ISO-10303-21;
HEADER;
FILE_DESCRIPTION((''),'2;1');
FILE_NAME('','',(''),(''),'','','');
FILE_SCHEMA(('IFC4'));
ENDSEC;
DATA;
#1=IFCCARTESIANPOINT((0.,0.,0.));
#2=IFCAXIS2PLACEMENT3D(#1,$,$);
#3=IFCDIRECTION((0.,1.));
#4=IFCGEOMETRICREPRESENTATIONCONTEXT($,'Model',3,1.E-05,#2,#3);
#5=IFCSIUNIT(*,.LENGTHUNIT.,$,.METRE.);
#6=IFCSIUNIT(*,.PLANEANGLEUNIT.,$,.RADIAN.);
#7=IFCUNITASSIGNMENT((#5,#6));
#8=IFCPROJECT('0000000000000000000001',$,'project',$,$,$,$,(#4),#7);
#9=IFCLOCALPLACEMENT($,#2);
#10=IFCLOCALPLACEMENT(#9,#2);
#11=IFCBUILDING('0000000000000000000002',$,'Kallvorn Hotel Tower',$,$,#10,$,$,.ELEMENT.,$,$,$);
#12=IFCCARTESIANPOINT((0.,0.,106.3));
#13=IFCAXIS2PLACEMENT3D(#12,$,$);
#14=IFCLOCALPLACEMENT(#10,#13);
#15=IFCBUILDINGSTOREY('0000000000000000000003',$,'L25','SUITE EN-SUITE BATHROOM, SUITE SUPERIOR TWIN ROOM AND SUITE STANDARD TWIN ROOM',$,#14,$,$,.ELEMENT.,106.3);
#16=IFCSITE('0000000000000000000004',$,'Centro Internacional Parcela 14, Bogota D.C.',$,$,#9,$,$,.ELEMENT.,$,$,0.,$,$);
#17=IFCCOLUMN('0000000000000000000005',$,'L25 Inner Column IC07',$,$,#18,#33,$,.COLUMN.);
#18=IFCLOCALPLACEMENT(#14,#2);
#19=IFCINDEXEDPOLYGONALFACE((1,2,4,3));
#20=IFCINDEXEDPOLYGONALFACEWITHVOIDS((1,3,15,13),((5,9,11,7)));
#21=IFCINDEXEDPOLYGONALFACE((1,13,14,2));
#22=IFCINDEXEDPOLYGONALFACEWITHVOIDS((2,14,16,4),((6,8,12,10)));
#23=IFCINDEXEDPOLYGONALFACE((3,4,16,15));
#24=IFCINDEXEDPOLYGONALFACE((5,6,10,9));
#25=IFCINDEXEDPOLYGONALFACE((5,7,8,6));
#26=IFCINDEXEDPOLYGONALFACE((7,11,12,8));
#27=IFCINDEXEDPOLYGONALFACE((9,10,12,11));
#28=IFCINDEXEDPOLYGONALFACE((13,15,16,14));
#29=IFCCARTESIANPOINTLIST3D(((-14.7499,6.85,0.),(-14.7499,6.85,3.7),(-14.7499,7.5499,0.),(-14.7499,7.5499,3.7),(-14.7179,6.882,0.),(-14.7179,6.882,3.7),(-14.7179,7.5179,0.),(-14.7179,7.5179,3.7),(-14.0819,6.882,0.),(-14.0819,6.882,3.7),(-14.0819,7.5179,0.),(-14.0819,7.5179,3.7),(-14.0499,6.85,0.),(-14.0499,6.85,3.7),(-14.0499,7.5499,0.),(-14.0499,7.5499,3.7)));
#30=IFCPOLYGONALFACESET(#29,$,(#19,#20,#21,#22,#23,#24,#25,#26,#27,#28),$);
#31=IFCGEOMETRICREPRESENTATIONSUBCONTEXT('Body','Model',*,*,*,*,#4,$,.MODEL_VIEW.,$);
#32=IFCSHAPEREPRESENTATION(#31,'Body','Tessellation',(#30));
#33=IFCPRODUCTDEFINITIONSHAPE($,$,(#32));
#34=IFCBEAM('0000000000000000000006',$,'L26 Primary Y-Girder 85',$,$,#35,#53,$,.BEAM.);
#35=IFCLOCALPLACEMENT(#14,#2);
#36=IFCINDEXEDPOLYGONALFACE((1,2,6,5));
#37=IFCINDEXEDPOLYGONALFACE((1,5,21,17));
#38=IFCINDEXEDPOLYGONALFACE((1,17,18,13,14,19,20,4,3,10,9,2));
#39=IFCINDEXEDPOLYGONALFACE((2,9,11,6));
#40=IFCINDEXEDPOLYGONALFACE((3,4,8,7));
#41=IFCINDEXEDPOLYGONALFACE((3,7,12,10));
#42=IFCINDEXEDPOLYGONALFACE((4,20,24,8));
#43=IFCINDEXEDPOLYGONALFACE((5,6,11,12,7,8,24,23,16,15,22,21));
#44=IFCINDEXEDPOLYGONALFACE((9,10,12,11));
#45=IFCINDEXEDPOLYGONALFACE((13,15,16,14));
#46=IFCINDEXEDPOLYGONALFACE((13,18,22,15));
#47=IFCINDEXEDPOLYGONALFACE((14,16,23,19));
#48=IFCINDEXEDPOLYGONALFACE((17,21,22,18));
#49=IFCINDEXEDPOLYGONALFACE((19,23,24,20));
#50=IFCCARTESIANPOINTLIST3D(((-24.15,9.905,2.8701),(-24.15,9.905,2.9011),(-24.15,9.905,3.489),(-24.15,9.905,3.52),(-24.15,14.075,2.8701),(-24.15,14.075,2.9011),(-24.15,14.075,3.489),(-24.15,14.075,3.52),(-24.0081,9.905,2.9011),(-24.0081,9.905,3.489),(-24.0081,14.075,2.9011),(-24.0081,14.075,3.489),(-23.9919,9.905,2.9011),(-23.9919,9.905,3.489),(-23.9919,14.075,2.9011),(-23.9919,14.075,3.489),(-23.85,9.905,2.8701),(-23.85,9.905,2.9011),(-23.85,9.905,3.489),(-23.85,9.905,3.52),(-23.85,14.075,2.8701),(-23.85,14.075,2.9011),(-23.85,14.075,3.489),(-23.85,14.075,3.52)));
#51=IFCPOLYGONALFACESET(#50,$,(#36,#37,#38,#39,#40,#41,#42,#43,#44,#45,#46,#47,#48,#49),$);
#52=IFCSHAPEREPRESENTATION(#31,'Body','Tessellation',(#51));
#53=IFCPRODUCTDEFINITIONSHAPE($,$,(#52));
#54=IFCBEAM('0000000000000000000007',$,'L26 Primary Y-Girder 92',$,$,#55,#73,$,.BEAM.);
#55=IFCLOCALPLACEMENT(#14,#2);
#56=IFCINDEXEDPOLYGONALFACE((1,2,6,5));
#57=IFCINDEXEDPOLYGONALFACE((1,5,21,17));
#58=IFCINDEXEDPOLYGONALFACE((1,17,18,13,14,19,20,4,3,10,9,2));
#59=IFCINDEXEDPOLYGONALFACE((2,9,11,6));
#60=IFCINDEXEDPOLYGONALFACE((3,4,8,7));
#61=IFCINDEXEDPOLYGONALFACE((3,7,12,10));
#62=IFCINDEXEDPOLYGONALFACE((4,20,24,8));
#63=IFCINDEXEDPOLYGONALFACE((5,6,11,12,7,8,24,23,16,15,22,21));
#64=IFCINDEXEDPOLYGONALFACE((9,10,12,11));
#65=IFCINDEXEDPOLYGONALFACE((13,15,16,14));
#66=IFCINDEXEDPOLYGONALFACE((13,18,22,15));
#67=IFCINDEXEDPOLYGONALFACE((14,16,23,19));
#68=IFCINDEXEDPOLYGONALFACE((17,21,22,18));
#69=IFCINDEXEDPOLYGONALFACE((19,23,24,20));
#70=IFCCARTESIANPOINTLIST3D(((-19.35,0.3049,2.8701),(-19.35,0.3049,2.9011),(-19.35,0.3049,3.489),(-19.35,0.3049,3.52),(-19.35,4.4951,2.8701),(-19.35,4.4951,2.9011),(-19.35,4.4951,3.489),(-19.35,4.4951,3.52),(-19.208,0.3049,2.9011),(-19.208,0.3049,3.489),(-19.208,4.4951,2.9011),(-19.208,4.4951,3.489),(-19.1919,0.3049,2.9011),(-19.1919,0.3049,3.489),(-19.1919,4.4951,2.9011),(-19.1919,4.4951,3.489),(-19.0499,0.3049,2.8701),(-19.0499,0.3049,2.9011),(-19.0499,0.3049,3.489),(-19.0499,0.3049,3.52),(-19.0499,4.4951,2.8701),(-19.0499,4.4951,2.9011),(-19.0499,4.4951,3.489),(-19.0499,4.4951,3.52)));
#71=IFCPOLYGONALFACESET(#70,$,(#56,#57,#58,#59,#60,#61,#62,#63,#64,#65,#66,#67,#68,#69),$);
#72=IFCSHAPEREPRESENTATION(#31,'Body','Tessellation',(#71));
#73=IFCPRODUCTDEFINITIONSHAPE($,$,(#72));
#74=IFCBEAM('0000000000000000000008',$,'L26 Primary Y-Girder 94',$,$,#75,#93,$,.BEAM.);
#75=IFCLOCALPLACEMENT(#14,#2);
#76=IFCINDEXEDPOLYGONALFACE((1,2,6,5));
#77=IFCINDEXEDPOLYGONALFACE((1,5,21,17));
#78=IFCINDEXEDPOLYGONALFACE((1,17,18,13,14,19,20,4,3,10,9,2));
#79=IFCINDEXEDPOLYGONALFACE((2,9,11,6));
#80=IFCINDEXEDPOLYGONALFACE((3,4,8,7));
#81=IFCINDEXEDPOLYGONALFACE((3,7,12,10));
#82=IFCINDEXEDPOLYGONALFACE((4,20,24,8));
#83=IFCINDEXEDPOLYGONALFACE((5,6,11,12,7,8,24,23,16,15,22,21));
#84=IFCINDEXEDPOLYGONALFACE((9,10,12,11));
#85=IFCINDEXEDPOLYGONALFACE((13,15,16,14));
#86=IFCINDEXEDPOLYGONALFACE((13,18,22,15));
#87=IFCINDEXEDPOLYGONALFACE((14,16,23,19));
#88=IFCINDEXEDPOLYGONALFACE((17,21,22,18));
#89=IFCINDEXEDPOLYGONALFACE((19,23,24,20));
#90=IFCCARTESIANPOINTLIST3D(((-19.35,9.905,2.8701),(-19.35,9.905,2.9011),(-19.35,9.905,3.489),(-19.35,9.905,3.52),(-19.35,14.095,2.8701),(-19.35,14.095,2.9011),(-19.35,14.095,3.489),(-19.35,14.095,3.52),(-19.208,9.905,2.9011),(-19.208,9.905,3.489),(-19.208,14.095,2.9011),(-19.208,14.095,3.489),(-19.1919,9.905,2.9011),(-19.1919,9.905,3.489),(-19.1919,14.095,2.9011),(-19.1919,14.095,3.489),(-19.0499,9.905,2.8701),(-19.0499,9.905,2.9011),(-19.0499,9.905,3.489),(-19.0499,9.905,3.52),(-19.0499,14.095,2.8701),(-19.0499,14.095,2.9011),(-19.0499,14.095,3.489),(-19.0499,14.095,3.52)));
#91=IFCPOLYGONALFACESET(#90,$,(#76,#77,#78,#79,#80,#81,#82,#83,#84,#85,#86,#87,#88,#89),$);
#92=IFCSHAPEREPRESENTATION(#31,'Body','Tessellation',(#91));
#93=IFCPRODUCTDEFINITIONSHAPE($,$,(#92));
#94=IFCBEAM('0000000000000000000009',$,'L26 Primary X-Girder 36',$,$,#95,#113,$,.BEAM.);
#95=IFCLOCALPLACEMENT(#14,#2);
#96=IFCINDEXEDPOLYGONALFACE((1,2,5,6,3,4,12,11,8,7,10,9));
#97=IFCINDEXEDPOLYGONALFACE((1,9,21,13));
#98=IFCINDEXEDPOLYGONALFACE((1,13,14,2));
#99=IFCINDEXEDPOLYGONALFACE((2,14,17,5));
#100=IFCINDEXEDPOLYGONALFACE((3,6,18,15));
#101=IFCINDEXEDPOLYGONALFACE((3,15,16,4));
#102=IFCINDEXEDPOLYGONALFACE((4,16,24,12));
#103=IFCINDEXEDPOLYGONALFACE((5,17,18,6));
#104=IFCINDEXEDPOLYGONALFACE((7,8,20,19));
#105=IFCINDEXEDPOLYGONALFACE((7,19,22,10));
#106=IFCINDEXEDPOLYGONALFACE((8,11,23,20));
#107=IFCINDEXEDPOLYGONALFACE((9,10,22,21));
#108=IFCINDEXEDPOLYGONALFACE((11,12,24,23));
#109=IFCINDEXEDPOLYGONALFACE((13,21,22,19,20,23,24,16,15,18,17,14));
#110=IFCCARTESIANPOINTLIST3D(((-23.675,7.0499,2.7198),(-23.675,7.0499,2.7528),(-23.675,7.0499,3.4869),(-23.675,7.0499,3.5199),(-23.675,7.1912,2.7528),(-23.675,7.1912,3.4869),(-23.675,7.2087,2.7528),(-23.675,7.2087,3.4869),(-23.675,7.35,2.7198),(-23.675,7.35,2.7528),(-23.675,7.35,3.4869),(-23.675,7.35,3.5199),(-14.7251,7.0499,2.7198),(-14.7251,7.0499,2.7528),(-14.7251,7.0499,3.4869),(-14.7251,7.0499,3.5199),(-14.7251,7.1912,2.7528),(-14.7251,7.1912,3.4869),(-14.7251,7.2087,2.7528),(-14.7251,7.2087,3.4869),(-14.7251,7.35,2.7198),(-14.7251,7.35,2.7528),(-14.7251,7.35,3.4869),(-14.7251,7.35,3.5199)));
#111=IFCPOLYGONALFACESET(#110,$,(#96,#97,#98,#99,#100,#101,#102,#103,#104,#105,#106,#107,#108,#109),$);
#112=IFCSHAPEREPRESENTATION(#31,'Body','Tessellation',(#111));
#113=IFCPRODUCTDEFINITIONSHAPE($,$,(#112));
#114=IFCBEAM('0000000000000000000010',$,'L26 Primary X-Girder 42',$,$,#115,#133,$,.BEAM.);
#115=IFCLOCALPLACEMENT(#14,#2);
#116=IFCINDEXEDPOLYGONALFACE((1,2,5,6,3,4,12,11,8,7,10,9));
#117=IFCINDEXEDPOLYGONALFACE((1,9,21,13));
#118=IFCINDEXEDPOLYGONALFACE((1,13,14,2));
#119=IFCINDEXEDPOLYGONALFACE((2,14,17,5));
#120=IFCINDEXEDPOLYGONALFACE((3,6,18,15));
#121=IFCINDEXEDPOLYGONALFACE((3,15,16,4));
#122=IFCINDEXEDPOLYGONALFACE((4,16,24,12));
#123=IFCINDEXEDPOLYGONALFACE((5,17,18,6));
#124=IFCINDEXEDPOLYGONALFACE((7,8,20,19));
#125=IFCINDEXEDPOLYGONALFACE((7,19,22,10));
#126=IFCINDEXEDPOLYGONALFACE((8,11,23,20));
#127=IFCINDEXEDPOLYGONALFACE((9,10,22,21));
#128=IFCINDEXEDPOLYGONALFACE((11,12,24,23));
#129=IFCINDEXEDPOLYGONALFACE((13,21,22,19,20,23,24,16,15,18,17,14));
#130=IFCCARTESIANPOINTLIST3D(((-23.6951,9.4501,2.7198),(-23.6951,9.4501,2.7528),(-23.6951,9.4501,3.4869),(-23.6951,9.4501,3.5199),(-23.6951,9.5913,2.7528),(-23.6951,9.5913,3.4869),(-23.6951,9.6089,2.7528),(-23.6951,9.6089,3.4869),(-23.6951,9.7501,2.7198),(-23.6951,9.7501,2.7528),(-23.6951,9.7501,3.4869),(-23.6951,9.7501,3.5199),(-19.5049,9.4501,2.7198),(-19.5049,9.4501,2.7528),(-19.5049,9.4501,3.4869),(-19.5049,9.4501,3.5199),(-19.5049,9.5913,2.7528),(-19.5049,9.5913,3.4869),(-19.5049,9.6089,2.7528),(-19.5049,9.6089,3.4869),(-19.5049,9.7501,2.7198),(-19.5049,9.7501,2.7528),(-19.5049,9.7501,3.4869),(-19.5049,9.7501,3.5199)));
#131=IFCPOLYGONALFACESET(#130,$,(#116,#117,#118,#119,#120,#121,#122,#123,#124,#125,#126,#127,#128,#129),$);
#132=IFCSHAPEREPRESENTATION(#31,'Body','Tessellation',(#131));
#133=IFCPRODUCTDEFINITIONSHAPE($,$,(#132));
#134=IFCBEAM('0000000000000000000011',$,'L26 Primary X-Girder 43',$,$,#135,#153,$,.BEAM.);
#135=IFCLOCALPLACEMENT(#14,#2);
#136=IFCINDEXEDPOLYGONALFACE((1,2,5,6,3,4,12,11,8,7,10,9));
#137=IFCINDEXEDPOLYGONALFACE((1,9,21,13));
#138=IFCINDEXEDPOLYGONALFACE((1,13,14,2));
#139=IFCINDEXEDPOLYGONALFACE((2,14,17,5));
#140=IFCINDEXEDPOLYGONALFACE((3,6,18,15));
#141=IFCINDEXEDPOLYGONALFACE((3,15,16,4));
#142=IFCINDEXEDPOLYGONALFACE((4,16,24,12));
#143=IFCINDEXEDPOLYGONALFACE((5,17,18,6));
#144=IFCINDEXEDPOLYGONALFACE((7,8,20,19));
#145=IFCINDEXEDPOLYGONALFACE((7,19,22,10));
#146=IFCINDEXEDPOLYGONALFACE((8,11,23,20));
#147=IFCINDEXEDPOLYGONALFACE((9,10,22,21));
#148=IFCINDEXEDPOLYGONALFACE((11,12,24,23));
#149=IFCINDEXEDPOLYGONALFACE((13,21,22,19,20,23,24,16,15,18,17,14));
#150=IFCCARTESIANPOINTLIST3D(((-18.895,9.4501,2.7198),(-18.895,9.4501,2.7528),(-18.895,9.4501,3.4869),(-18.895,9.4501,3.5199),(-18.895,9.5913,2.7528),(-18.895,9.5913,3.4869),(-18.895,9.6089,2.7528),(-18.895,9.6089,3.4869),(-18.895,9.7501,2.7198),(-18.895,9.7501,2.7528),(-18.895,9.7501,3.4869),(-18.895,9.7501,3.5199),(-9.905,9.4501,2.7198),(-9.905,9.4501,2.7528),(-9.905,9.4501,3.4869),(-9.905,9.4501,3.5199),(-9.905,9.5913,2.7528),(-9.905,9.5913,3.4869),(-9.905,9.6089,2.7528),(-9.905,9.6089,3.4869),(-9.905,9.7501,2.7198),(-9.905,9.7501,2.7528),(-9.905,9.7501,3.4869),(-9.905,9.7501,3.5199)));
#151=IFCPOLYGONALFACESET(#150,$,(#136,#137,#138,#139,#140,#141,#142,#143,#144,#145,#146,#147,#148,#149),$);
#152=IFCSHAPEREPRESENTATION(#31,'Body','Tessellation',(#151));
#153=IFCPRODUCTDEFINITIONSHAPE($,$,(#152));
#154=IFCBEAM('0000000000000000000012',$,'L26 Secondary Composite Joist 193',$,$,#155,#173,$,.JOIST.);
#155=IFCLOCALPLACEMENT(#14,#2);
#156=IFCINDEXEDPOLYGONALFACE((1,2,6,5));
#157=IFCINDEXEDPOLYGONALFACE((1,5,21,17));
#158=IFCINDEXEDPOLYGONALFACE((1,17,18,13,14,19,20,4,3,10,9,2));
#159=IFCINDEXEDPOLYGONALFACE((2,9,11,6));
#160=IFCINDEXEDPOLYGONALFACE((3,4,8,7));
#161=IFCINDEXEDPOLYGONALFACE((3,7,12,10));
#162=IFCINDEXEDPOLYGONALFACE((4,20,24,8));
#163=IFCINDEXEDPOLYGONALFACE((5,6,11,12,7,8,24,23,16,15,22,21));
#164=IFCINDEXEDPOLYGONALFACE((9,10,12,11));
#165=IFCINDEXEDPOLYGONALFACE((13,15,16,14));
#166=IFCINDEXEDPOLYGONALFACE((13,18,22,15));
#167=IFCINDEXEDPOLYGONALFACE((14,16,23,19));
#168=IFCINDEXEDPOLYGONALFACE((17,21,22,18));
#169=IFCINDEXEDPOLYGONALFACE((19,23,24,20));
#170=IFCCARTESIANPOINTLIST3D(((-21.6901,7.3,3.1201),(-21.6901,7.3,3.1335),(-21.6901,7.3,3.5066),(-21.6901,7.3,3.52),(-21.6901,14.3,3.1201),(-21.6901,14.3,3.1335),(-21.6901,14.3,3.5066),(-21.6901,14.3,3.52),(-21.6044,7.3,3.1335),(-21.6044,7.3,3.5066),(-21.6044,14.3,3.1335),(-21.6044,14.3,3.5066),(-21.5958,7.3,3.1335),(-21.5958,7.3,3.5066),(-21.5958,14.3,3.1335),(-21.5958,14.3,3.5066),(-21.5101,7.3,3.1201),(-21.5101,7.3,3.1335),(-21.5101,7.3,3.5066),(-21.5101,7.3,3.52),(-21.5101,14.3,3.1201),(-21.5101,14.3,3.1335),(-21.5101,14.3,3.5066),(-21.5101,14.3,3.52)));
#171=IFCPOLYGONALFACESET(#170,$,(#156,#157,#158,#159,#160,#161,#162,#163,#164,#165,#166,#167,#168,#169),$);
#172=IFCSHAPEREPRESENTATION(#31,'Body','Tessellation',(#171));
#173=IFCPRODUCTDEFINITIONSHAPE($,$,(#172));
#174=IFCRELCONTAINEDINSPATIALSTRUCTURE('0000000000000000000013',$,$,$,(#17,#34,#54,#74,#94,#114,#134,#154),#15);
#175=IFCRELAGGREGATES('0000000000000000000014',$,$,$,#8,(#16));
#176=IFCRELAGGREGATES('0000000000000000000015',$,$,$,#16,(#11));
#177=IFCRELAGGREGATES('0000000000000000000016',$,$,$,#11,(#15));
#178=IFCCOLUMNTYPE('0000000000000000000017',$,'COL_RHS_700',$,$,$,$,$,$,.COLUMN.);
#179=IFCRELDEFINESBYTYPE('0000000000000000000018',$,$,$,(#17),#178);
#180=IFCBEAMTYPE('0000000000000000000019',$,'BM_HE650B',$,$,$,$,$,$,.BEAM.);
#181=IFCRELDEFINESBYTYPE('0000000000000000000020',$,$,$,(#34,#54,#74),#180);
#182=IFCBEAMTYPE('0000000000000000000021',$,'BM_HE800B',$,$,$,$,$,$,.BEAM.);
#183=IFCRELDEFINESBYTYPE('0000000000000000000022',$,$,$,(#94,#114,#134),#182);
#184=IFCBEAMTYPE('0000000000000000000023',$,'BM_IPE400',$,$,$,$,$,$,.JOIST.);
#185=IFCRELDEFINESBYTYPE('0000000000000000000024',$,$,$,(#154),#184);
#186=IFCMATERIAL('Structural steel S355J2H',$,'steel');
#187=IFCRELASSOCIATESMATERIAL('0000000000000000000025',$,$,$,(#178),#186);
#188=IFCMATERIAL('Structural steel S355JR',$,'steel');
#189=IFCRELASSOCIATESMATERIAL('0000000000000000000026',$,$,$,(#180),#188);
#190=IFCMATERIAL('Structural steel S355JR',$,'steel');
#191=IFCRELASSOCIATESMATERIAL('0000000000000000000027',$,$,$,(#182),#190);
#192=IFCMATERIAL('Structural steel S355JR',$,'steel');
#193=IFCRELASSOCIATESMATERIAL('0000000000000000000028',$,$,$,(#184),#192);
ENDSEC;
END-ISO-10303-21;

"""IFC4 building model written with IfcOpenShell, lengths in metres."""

from ifc_helpers import new_model, si_unit, direction, frame, origin, origin_2d, place, context, subcontext, project, spatial, hollow_rectangle, i_section, extrude, material, material_profile, profile_set, type_object, element, save


model = new_model("IFC4")

# Units and contexts
model_context = context("Model", 3, precision=1e-05, world=origin(), true_north=direction((0.0, 1.0)))
body_context = subcontext(model_context, "Body", "Model", "MODEL_VIEW")
ifc_project = project(units=[si_unit("LENGTHUNIT", "METRE"), si_unit("PLANEANGLEUNIT", "RADIAN")], contexts=[model_context])

# Site, building, storey
site_placement = place(None, origin())
site = spatial("IfcSite", under=ifc_project, at=site_placement, Name="Centro Internacional Parcela 14, Bogota D.C.", CompositionType="ELEMENT", RefElevation=0.0)
building_placement = place(site_placement, origin())
building = spatial("IfcBuilding", under=site, at=building_placement, Name="Kallvorn Hotel Tower", CompositionType="ELEMENT")
storey_placement = place(building_placement, frame((0.0, 0.0, 106.3)))
storey = spatial("IfcBuildingStorey", under=building, at=storey_placement, Name="L25", Description="SUITE EN-SUITE BATHROOM, SUITE SUPERIOR TWIN ROOM AND SUITE STANDARD TWIN ROOM", CompositionType="ELEMENT", Elevation=106.3)

# Column
ifc_material_1 = material(Name="Structural steel S355J2H", Category="steel")
ifc_material_profile_1 = material_profile(ifc_material_1, hollow_rectangle(XDim=0.7, YDim=0.7, WallThickness=0.032, at=origin_2d()), Name="RHS 700x700x32")
ifc_profile_set_1 = profile_set([ifc_material_profile_1], Name="Structural steel S355J2H")
column_type_1 = type_object("IfcColumnType", Name="COL_RHS_700", PredefinedType="COLUMN", material=ifc_profile_set_1)
column_placement = place(storey_placement, frame((-14.3999, 7.2, 0.0), z_axis=(0.0, 0.0, 1.0), x_axis=(1.0, 0.0, 0.0)))
element("IfcColumn", 1, at=column_placement, inside=storey, type_object=column_type_1, Name="L25 Inner Column IC07", PredefinedType="COLUMN", context=body_context, shape_type="SweptSolid", body=[
    extrude(hollow_rectangle(XDim=0.7, YDim=0.7, WallThickness=0.032, at=origin_2d()), origin(), (0.0, 0.0, 1.0), 3.7),
])

# Beams
ifc_material_2 = material(Name="Structural steel S355JR", Category="steel")
ifc_material_profile_2 = material_profile(ifc_material_2, i_section(OverallWidth=0.3, OverallDepth=0.6499, WebThickness=0.0161, FlangeThickness=0.031, at=origin_2d()), Name="HE 650 B")
ifc_profile_set_2 = profile_set([ifc_material_profile_2], Name="Structural steel S355JR")
beam_type_1 = type_object("IfcBeamType", Name="BM_HE650B", PredefinedType="BEAM", material=ifc_profile_set_2)
beam_1_placement = place(storey_placement, frame((-24.0, 9.905, 3.1951), z_axis=(0.0, 1.0, 0.0), x_axis=(-1.0, 0.0, 0.0)))
element("IfcBeam", 2, at=beam_1_placement, inside=storey, type_object=beam_type_1, Name="L26 Primary Y-Girder 85", PredefinedType="BEAM", context=body_context, shape_type="SweptSolid", body=[
    extrude(i_section(OverallWidth=0.3, OverallDepth=0.6499, WebThickness=0.0161, FlangeThickness=0.031, at=origin_2d()), origin(), (0.0, 0.0, 1.0), 4.1699),
])
beam_2_placement = place(storey_placement, frame((-19.2, 0.3049, 3.1951), z_axis=(0.0, 1.0, 0.0), x_axis=(-1.0, 0.0, 0.0)))
element("IfcBeam", 3, at=beam_2_placement, inside=storey, type_object=beam_type_1, Name="L26 Primary Y-Girder 92", PredefinedType="BEAM", context=body_context, shape_type="SweptSolid", body=[
    extrude(i_section(OverallWidth=0.3, OverallDepth=0.6499, WebThickness=0.0161, FlangeThickness=0.031, at=origin_2d()), origin(), (0.0, 0.0, 1.0), 4.1902),
])
beam_3_placement = place(storey_placement, frame((-19.2, 9.905, 3.1951), z_axis=(0.0, 1.0, 0.0), x_axis=(-1.0, 0.0, 0.0)))
element("IfcBeam", 4, at=beam_3_placement, inside=storey, type_object=beam_type_1, Name="L26 Primary Y-Girder 94", PredefinedType="BEAM", context=body_context, shape_type="SweptSolid", body=[
    extrude(i_section(OverallWidth=0.3, OverallDepth=0.6499, WebThickness=0.0161, FlangeThickness=0.031, at=origin_2d()), origin(), (0.0, 0.0, 1.0), 4.1899),
])
ifc_material_3 = material(Name="Structural steel S355JR", Category="steel")
ifc_material_profile_3 = material_profile(ifc_material_3, i_section(OverallWidth=0.3, OverallDepth=0.8, WebThickness=0.0176, FlangeThickness=0.033, at=origin_2d()), Name="HE 800 B")
ifc_profile_set_3 = profile_set([ifc_material_profile_3], Name="Structural steel S355JR")
beam_type_2 = type_object("IfcBeamType", Name="BM_HE800B", PredefinedType="BEAM", material=ifc_profile_set_3)
beam_4_placement = place(storey_placement, frame((-23.675, 7.2, 3.1199), z_axis=(1.0, 0.0, 0.0), x_axis=(0.0, 1.0, 0.0)))
element("IfcBeam", 5, at=beam_4_placement, inside=storey, type_object=beam_type_2, Name="L26 Primary X-Girder 36", PredefinedType="BEAM", context=body_context, shape_type="SweptSolid", body=[
    extrude(i_section(OverallWidth=0.3, OverallDepth=0.8, WebThickness=0.0176, FlangeThickness=0.033, at=origin_2d()), origin(), (0.0, 0.0, 1.0), 8.95),
])
beam_5_placement = place(storey_placement, frame((-23.6951, 9.6001, 3.1199), z_axis=(1.0, 0.0, 0.0), x_axis=(0.0, 1.0, 0.0)))
element("IfcBeam", 6, at=beam_5_placement, inside=storey, type_object=beam_type_2, Name="L26 Primary X-Girder 42", PredefinedType="BEAM", context=body_context, shape_type="SweptSolid", body=[
    extrude(i_section(OverallWidth=0.3, OverallDepth=0.8, WebThickness=0.0176, FlangeThickness=0.033, at=origin_2d()), origin(), (0.0, 0.0, 1.0), 4.1902),
])
beam_6_placement = place(storey_placement, frame((-18.895, 9.6001, 3.1199), z_axis=(1.0, 0.0, 0.0), x_axis=(0.0, 1.0, 0.0)))
element("IfcBeam", 7, at=beam_6_placement, inside=storey, type_object=beam_type_2, Name="L26 Primary X-Girder 43", PredefinedType="BEAM", context=body_context, shape_type="SweptSolid", body=[
    extrude(i_section(OverallWidth=0.3, OverallDepth=0.8, WebThickness=0.0176, FlangeThickness=0.033, at=origin_2d()), origin(), (0.0, 0.0, 1.0), 8.99),
])
ifc_material_4 = material(Name="Structural steel S355JR", Category="steel")
ifc_material_profile_4 = material_profile(ifc_material_4, i_section(OverallWidth=0.1799, OverallDepth=0.3999, WebThickness=0.0085, FlangeThickness=0.0134, at=origin_2d()), Name="IPE 400")
ifc_profile_set_4 = profile_set([ifc_material_profile_4], Name="Structural steel S355JR")
beam_type_3 = type_object("IfcBeamType", Name="BM_IPE400", PredefinedType="JOIST", material=ifc_profile_set_4)
for number, where, z_axis, x_axis, name in (
    (8, (-21.6001, 7.3, 3.3201), (0.0, 1.0, 0.0), (-1.0, 0.0, 0.0), "L26 Secondary Composite Joist 193"),
):
    element("IfcBeam", number, at=place(storey_placement, frame(where, z_axis=z_axis, x_axis=x_axis)), inside=storey, type_object=beam_type_3, Name=name, PredefinedType="JOIST", context=body_context, shape_type="SweptSolid", body=[
        extrude(i_section(OverallWidth=0.1799, OverallDepth=0.3999, WebThickness=0.0085, FlangeThickness=0.0134, at=origin_2d()), origin(), (0.0, 0.0, 1.0), 7.0),
    ])

save(model, "model.ifc")
